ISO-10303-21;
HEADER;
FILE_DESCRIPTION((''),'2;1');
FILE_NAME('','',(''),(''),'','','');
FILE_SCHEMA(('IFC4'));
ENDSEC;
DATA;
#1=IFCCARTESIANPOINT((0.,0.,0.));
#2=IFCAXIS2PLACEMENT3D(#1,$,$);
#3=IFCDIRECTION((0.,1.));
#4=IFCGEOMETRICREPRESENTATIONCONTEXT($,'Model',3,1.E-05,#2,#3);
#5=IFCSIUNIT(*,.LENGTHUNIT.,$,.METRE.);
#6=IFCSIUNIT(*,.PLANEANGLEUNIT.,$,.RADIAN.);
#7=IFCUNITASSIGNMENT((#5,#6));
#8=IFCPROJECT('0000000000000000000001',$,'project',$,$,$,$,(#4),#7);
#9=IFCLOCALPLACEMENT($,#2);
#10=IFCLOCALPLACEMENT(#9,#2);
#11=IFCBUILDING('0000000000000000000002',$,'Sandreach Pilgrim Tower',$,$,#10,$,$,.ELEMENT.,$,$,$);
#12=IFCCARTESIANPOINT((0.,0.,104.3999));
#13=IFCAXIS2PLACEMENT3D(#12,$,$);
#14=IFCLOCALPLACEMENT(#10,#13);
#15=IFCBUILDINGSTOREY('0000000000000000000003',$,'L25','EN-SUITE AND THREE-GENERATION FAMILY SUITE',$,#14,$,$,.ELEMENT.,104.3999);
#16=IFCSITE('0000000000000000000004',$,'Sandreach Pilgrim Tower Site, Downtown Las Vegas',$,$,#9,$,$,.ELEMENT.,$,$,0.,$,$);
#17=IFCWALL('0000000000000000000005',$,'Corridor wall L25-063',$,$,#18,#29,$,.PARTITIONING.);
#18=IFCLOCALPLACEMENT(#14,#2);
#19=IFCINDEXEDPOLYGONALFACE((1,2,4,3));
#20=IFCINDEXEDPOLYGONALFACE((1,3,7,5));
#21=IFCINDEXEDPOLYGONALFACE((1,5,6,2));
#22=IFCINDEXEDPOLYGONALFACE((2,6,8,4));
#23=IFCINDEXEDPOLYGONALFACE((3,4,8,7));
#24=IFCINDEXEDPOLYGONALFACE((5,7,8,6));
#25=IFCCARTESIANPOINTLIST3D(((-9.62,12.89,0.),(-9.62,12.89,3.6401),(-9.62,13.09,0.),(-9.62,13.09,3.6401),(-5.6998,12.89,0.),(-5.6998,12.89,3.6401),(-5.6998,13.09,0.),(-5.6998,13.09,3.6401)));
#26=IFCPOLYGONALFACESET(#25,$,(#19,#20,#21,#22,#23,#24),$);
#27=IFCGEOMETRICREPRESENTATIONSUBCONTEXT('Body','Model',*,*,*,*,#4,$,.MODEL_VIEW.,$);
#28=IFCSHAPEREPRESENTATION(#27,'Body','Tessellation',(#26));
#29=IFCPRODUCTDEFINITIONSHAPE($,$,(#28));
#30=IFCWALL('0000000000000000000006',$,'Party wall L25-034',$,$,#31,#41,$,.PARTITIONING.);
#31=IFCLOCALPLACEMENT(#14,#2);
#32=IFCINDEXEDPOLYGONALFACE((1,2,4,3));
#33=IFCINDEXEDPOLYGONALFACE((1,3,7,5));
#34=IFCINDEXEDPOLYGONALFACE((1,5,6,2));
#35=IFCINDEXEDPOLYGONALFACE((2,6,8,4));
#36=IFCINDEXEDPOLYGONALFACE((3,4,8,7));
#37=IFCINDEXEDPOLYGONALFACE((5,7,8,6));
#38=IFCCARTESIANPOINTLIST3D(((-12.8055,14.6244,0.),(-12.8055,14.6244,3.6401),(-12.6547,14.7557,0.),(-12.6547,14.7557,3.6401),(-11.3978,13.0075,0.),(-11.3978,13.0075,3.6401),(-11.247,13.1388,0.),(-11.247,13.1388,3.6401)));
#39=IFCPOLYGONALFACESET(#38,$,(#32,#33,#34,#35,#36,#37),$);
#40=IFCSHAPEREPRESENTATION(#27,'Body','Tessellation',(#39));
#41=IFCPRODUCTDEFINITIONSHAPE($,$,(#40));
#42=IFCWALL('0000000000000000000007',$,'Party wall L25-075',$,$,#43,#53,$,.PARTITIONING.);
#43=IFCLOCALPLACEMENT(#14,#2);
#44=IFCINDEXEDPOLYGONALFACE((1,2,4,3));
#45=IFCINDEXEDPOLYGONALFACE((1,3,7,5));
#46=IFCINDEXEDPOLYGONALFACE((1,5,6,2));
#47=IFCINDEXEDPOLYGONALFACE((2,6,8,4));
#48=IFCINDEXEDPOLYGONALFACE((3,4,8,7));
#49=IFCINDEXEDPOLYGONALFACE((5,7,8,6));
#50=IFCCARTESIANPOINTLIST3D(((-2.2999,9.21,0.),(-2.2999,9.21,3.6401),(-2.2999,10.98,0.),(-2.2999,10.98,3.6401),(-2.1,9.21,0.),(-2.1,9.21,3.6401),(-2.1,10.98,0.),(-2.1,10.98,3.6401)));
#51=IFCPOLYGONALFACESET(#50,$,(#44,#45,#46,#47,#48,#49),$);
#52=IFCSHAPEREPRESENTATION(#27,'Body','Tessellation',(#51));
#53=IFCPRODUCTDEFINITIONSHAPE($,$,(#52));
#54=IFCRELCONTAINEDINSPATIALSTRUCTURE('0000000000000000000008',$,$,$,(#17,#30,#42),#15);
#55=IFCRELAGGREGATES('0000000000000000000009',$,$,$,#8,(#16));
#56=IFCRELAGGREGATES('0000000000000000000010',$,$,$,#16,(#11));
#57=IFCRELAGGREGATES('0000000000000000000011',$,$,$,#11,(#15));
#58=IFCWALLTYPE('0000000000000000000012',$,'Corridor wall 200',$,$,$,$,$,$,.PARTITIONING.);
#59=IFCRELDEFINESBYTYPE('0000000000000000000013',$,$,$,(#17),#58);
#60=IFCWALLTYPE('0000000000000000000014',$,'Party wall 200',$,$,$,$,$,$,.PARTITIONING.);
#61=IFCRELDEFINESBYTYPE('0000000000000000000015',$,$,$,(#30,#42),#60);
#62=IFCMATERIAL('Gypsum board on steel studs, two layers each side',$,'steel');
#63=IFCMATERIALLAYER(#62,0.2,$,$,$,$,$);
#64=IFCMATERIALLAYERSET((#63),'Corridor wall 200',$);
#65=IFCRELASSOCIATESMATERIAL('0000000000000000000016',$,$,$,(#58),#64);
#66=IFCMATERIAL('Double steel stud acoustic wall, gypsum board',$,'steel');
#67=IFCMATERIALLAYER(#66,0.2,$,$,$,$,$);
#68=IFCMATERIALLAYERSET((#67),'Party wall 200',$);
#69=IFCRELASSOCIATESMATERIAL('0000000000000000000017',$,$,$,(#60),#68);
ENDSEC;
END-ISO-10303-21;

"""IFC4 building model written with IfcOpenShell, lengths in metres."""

from ifc_helpers import new_model, si_unit, direction, frame, frame_2d, origin, place, context, subcontext, project, spatial, rectangle, extrude, material, layer, layer_set, type_object, element, save


model = new_model("IFC4")

# Units and contexts
model_context = context("Model", 3, precision=1e-05, world=origin(), true_north=direction((0.0, 1.0)))
body_context = subcontext(model_context, "Body", "Model", "MODEL_VIEW")
ifc_project = project(units=[si_unit("LENGTHUNIT", "METRE"), si_unit("PLANEANGLEUNIT", "RADIAN")], contexts=[model_context])

# Site, building, storey
site_placement = place(None, origin())
site = spatial("IfcSite", under=ifc_project, at=site_placement, Name="Sandreach Pilgrim Tower Site, Downtown Las Vegas", CompositionType="ELEMENT", RefElevation=0.0)
building_placement = place(site_placement, origin())
building = spatial("IfcBuilding", under=site, at=building_placement, Name="Sandreach Pilgrim Tower", CompositionType="ELEMENT")
storey_placement = place(building_placement, frame((0.0, 0.0, 104.3999)))
storey = spatial("IfcBuildingStorey", under=building, at=storey_placement, Name="L25", Description="EN-SUITE AND THREE-GENERATION FAMILY SUITE", CompositionType="ELEMENT", Elevation=104.3999)

# Shared definitions
ifc_material_1 = material(Name="Gypsum board on steel studs, two layers each side", Category="steel")
ifc_layer_1 = layer(ifc_material_1, 0.2)
ifc_layer_set_1 = layer_set([ifc_layer_1], Name="Corridor wall 200")
wall_type_1 = type_object("IfcWallType", Name="Corridor wall 200", PredefinedType="PARTITIONING", material=ifc_layer_set_1)

# Wall
wall_1_placement = place(storey_placement, frame((-5.7, 12.99, 0.0), z_axis=(0.0, 0.0, 1.0), x_axis=(-1.0, 0.0, 0.0)))
element("IfcWall", 1, at=wall_1_placement, inside=storey, type_object=wall_type_1, Name="Corridor wall L25-063", PredefinedType="PARTITIONING", context=body_context, shape_type="SweptSolid", body=[
    extrude(rectangle(XDim=3.9202, YDim=0.2, at=frame_2d((1.96, 0.0))), origin(), (0.0, 0.0, 1.0), 3.6401),
])

# Walls
ifc_material_2 = material(Name="Double steel stud acoustic wall, gypsum board", Category="steel")
ifc_layer_2 = layer(ifc_material_2, 0.2)
ifc_layer_set_2 = layer_set([ifc_layer_2], Name="Party wall 200")
wall_type_2 = type_object("IfcWallType", Name="Party wall 200", PredefinedType="PARTITIONING", material=ifc_layer_set_2)
wall_2_placement = place(storey_placement, frame((-12.73, 14.6899, 0.0), z_axis=(0.0, 0.0, 1.0), x_axis=(0.656624, -0.754218, 0.0)))
element("IfcWall", 2, at=wall_2_placement, inside=storey, type_object=wall_type_2, Name="Party wall L25-034", PredefinedType="PARTITIONING", context=body_context, shape_type="SweptSolid", body=[
    extrude(rectangle(XDim=2.1438, YDim=0.2, at=frame_2d((1.0718, 0.0))), origin(), (0.0, 0.0, 1.0), 3.6401),
])
wall_3_placement = place(storey_placement, frame((-2.2, 10.98, 0.0), z_axis=(0.0, 0.0, 1.0), x_axis=(0.0, -1.0, 0.0)))
element("IfcWall", 3, at=wall_3_placement, inside=storey, type_object=wall_type_2, Name="Party wall L25-075", PredefinedType="PARTITIONING", context=body_context, shape_type="SweptSolid", body=[
    extrude(rectangle(XDim=1.77, YDim=0.2, at=frame_2d((0.885, 0.0))), origin(), (0.0, 0.0, 1.0), 3.6401),
])

save(model, "model.ifc")
